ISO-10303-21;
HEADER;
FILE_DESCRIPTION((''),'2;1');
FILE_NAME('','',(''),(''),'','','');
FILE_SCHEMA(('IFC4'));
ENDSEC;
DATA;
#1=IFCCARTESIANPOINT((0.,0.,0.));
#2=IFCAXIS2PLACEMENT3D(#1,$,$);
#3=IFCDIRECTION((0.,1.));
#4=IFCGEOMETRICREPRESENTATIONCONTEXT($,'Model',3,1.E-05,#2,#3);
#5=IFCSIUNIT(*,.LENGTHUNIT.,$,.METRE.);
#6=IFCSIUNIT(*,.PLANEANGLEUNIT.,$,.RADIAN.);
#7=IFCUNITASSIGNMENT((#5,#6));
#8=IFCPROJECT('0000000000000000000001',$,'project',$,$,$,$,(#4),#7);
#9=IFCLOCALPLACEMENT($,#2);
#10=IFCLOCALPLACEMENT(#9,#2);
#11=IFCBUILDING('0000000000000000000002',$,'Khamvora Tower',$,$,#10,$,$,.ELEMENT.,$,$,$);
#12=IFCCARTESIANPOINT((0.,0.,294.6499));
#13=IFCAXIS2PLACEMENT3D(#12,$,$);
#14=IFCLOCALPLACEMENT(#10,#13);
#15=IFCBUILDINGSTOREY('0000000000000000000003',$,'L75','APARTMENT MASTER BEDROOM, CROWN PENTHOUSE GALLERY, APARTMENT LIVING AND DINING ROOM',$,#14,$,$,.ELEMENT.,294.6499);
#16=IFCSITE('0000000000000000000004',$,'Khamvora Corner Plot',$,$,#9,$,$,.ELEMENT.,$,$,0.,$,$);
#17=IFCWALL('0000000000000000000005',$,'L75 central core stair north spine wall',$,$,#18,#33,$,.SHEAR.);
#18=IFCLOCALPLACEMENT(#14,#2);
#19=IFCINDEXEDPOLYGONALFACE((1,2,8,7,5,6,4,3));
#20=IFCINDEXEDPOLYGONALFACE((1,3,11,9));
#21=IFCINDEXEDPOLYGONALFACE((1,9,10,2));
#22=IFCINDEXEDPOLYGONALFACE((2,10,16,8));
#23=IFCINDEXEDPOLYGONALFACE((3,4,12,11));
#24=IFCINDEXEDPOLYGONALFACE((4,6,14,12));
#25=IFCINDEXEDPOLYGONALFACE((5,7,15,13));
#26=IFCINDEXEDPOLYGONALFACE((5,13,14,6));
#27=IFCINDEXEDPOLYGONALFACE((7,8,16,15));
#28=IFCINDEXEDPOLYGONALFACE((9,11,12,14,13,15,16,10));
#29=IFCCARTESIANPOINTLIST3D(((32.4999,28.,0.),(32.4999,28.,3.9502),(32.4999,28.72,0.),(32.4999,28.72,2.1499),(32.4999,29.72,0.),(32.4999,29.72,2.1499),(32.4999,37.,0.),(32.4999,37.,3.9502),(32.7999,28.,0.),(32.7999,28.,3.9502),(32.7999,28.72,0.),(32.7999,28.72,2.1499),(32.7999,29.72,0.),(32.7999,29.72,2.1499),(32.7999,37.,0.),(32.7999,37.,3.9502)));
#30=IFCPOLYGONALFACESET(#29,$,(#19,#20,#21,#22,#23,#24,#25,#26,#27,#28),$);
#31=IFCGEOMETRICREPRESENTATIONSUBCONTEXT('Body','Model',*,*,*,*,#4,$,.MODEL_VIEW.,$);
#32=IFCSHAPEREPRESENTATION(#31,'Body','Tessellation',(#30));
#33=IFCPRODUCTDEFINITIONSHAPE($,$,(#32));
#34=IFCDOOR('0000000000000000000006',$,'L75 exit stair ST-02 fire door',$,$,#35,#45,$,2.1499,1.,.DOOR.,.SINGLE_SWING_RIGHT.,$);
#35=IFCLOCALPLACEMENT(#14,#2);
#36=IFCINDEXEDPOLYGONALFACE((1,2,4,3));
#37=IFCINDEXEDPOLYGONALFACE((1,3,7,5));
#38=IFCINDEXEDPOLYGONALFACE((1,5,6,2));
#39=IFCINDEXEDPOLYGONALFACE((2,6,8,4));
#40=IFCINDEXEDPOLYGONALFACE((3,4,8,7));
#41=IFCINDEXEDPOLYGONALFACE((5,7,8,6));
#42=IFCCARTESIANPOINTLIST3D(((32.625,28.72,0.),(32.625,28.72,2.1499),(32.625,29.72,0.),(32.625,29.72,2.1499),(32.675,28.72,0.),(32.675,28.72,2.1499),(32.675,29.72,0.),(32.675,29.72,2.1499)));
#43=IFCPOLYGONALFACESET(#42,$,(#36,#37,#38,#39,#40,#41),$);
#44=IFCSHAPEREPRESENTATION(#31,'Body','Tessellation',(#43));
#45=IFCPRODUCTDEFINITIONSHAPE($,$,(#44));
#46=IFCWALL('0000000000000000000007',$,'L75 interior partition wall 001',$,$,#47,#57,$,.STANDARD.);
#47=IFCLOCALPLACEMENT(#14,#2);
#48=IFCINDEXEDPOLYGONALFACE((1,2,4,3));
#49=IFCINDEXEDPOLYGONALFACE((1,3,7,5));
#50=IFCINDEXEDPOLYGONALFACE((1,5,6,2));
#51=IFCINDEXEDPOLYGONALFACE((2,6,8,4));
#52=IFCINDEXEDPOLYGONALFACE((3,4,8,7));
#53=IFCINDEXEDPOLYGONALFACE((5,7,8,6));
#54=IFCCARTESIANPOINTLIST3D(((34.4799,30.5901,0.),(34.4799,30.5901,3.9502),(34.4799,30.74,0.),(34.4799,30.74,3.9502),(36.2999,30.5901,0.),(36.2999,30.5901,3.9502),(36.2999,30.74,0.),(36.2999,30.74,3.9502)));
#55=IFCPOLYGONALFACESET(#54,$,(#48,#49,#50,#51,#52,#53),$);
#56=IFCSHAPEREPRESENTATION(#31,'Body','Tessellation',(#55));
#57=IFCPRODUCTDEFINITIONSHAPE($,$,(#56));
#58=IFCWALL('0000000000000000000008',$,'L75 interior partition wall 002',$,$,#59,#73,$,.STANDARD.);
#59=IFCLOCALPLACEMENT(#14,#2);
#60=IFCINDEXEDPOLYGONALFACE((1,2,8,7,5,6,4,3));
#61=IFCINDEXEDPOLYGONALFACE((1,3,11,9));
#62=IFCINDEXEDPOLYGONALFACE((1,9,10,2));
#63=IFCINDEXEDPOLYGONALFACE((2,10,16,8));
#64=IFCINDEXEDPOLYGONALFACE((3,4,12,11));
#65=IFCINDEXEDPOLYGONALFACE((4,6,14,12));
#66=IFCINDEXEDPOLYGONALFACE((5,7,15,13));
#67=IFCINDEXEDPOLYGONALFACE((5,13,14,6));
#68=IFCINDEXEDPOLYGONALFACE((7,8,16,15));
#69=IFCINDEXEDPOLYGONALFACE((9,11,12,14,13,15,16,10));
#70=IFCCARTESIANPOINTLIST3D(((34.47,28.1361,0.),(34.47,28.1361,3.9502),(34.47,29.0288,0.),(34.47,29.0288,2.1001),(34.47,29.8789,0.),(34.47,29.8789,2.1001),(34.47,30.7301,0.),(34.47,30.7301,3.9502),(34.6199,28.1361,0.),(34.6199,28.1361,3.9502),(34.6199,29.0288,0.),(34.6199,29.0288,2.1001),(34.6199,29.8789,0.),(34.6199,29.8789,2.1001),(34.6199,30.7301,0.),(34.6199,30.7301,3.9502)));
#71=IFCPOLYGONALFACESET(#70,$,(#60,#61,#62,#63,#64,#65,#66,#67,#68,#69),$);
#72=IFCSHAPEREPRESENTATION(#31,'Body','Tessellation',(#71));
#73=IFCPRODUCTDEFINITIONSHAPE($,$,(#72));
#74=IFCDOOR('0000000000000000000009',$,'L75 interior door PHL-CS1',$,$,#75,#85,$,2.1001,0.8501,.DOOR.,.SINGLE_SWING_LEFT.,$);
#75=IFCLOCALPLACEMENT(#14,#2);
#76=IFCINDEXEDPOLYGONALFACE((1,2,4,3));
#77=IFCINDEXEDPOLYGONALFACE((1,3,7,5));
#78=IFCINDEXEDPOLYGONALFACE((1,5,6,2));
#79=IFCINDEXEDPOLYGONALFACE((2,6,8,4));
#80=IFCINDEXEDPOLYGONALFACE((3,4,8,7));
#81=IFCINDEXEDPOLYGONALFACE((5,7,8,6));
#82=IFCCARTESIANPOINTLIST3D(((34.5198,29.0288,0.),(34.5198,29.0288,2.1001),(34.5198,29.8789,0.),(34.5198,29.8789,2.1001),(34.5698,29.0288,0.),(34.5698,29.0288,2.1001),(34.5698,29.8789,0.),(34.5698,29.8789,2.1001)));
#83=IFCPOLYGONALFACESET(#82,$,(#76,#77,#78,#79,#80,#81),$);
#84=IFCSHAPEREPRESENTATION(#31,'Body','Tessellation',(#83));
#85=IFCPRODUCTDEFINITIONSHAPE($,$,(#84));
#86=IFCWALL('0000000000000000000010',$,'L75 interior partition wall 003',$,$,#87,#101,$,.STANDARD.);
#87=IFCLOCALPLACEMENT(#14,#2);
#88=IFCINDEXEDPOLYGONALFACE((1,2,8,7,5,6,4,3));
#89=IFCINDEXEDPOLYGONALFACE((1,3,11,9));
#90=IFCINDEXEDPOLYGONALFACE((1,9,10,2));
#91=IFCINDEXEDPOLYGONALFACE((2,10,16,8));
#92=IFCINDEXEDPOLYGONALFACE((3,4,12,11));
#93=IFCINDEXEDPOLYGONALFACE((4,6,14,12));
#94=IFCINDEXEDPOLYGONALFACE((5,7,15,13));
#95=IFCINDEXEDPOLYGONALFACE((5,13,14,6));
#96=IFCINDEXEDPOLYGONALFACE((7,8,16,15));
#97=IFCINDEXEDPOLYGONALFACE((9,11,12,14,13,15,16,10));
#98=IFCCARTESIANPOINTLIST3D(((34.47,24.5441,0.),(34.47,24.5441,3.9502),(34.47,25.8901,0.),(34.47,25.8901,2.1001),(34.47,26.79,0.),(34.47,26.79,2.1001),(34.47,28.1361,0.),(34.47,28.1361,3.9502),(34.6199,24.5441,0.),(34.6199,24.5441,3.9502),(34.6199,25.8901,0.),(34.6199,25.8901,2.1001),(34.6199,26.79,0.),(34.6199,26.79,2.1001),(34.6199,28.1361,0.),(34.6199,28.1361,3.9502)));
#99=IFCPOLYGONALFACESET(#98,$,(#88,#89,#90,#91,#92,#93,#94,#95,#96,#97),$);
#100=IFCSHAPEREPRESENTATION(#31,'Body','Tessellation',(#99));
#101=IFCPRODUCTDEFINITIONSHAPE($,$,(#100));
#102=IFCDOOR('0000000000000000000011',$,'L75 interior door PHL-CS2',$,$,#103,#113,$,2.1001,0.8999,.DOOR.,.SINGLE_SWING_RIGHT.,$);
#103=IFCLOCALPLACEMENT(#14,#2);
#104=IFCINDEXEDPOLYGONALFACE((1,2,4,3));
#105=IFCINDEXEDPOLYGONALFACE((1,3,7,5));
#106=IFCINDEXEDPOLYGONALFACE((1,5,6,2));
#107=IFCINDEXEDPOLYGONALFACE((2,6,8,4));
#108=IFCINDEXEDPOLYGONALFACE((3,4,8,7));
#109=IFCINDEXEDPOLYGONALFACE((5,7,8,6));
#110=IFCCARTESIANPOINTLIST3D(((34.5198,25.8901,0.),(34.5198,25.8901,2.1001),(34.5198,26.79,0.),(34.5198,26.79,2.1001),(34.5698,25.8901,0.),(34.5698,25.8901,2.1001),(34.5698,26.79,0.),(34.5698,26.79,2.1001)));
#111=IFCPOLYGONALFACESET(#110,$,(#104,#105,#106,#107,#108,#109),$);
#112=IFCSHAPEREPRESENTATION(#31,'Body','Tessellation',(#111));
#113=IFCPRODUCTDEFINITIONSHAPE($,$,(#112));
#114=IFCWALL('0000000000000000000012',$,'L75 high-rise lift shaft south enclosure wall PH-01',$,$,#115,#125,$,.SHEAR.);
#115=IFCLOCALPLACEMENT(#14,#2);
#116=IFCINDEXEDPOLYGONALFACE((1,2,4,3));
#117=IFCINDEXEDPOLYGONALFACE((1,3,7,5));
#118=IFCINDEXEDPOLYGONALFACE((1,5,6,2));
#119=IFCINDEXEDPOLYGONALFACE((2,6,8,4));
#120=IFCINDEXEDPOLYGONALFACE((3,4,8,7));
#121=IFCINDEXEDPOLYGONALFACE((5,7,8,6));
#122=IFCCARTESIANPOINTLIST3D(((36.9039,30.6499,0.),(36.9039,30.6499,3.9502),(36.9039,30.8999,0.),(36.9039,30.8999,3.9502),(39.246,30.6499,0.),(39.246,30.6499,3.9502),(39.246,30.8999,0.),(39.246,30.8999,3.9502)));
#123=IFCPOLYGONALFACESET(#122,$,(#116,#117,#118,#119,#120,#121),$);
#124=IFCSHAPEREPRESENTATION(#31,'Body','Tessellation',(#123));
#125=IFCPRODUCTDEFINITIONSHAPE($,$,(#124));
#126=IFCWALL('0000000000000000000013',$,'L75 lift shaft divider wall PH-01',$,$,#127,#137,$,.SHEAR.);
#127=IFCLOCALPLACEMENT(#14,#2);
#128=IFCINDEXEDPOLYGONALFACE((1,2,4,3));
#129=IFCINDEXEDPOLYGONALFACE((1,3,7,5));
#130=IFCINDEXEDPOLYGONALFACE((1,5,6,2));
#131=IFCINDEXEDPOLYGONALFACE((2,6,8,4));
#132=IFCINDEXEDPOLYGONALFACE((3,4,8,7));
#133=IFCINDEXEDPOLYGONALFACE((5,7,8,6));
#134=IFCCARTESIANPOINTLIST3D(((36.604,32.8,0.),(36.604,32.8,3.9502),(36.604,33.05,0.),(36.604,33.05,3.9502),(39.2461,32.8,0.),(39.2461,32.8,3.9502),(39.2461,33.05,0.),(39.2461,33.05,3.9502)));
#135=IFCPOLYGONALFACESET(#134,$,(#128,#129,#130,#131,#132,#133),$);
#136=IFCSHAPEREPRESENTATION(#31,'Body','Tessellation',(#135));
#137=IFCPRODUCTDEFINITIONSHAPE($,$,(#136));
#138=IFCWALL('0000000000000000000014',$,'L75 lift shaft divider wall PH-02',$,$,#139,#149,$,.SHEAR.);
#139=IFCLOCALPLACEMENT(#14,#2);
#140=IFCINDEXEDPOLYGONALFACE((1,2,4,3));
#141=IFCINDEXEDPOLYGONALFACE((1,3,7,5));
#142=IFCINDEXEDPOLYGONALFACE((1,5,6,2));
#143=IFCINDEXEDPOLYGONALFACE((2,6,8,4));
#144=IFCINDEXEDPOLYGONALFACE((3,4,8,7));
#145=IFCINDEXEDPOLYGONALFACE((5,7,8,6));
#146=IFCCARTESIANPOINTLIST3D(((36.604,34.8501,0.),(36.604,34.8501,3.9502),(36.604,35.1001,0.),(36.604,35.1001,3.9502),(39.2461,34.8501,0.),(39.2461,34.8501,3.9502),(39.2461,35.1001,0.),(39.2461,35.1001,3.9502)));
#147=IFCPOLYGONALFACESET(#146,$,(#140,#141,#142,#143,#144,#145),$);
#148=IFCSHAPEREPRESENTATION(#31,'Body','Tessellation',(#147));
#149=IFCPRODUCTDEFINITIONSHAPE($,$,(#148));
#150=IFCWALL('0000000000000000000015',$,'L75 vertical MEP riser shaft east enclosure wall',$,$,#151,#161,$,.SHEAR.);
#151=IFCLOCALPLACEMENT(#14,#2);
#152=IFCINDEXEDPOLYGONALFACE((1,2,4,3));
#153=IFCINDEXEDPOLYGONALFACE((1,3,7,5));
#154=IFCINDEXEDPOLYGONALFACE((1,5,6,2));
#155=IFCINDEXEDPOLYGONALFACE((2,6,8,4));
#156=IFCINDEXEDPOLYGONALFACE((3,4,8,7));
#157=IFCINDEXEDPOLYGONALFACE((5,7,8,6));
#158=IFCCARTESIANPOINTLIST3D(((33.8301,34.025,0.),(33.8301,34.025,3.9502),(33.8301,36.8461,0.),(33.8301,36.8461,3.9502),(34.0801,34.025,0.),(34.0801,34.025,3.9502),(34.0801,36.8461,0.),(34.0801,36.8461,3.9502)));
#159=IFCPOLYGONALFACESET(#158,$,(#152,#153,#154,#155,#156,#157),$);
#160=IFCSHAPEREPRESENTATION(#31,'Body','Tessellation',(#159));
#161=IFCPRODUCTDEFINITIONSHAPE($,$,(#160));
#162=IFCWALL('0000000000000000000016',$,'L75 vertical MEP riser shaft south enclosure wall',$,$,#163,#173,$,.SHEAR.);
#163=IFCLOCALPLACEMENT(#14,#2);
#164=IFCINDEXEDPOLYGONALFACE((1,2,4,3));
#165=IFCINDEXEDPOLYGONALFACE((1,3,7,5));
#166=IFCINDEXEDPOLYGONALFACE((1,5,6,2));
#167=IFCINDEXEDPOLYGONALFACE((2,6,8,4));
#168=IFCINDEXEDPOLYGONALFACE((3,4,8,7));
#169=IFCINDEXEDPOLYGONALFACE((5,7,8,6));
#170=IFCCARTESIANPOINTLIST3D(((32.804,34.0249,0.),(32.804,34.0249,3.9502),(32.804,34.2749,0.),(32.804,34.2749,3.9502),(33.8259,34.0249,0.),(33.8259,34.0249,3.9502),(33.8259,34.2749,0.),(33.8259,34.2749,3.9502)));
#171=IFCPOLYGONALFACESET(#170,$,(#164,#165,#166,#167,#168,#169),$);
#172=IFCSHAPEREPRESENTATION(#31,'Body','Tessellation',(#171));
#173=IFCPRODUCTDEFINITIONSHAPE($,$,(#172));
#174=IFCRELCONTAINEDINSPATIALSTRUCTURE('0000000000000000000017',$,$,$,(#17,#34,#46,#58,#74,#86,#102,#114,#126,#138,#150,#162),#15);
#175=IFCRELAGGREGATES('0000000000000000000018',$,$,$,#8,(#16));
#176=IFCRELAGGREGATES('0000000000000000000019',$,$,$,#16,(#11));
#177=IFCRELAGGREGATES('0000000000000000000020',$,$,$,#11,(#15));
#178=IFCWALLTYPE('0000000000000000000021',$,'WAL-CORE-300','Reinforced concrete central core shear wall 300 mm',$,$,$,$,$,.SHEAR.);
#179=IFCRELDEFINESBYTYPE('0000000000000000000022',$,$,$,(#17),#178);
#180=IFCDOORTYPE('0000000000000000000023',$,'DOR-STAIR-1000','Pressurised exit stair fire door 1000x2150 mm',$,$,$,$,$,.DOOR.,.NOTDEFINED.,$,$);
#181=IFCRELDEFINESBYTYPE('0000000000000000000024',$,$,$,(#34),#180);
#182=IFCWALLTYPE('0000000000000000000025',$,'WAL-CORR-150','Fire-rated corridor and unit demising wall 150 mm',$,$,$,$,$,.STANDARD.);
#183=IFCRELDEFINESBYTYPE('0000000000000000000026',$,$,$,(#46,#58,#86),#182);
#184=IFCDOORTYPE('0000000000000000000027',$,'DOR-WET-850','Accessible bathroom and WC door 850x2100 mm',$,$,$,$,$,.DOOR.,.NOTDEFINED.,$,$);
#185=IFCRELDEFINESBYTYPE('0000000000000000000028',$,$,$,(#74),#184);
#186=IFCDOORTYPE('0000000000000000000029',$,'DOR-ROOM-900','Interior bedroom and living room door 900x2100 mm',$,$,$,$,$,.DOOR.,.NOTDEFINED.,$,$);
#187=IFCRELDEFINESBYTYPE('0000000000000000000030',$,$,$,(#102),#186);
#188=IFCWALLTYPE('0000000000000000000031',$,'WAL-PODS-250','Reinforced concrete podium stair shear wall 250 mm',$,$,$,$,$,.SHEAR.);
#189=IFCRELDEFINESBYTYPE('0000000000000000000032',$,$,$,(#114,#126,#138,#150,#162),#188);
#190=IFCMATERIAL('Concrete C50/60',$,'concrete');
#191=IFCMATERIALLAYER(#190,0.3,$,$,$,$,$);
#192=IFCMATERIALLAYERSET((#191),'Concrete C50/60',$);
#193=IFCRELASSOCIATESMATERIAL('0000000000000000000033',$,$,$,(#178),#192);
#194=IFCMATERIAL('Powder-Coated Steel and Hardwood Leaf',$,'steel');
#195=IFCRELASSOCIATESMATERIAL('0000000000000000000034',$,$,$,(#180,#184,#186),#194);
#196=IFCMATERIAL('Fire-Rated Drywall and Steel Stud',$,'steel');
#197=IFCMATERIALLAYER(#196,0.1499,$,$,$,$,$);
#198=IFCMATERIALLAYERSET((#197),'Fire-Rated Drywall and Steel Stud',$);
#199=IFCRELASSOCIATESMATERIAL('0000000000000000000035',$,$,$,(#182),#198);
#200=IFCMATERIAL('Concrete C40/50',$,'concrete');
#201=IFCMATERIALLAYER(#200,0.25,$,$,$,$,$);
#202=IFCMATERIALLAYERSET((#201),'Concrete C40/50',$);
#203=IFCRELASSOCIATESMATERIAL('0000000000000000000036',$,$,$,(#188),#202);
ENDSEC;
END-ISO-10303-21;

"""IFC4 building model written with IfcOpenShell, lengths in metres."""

from ifc_helpers import new_model, si_unit, direction, frame, frame_2d, origin, place, context, subcontext, project, spatial, rectangle, extrude, material, layer, layer_set, type_object, element, fill, save


model = new_model("IFC4")

# Units and contexts
model_context = context("Model", 3, precision=1e-05, world=origin(), true_north=direction((0.0, 1.0)))
body_context = subcontext(model_context, "Body", "Model", "MODEL_VIEW")
ifc_project = project(units=[si_unit("LENGTHUNIT", "METRE"), si_unit("PLANEANGLEUNIT", "RADIAN")], contexts=[model_context])

# Site, building, storey
site_placement = place(None, origin())
site = spatial("IfcSite", under=ifc_project, at=site_placement, Name="Khamvora Corner Plot", CompositionType="ELEMENT", RefElevation=0.0)
building_placement = place(site_placement, origin())
building = spatial("IfcBuilding", under=site, at=building_placement, Name="Khamvora Tower", CompositionType="ELEMENT")
storey_placement = place(building_placement, frame((0.0, 0.0, 294.6499)))
storey = spatial("IfcBuildingStorey", under=building, at=storey_placement, Name="L75", Description="APARTMENT MASTER BEDROOM, CROWN PENTHOUSE GALLERY, APARTMENT LIVING AND DINING ROOM", CompositionType="ELEMENT", Elevation=294.6499)

# Wall, opening, door
ifc_material_1 = material(Name="Concrete C50/60", Category="concrete")
ifc_layer_1 = layer(ifc_material_1, 0.3)
ifc_layer_set_1 = layer_set([ifc_layer_1], Name="Concrete C50/60")
wall_type_1 = type_object("IfcWallType", Name="WAL-CORE-300", Description="Reinforced concrete central core shear wall 300 mm", PredefinedType="SHEAR", material=ifc_layer_set_1)
wall_1_placement = place(storey_placement, frame((32.6499, 28.0, 0.0), z_axis=(0.0, 0.0, 1.0), x_axis=(0.0, 1.0, 0.0)))
wall_1 = element("IfcWall", 1, at=wall_1_placement, inside=storey, type_object=wall_type_1, Name="L75 central core stair north spine wall", PredefinedType="SHEAR", context=body_context, shape_type="SweptSolid", body=[
    extrude(rectangle(XDim=9.0, YDim=0.3, at=frame_2d((4.5, 0.0))), origin(), (0.0, 0.0, 1.0), 3.9502),
])
opening_1_placement = place(wall_1_placement, frame((0.72, 0.0, 0.0)))
opening_1 = element("IfcOpeningElement", 2, at=opening_1_placement, cuts=wall_1, PredefinedType="OPENING", context=body_context, shape_type="SweptSolid", body=[
    extrude(rectangle(XDim=1.0, YDim=2.1499, at=frame_2d((0.5, 1.075))), frame((0.0, 0.1599, 0.0), z_axis=(0.0, -1.0, 0.0), x_axis=(1.0, 0.0, 0.0)), (0.0, 0.0, 1.0), 0.3201),
])
ifc_material_2 = material(Name="Powder-Coated Steel and Hardwood Leaf", Category="steel")
door_type_1 = type_object("IfcDoorType", Name="DOR-STAIR-1000", Description="Pressurised exit stair fire door 1000x2150 mm", OperationType="NOTDEFINED", PredefinedType="DOOR", material=ifc_material_2)
door_1_placement = place(opening_1_placement, origin())
door_1 = element("IfcDoor", 3, at=door_1_placement, inside=storey, type_object=door_type_1, Name="L75 exit stair ST-02 fire door", OperationType="SINGLE_SWING_RIGHT", OverallHeight=2.1499, OverallWidth=1.0, PredefinedType="DOOR", context=body_context, shape_type="SweptSolid", body=[
    extrude(rectangle(XDim=1.0, YDim=2.1499, at=frame_2d((0.5, 1.075))), frame((0.0, 0.0249, 0.0), z_axis=(0.0, -1.0, 0.0), x_axis=(1.0, 0.0, 0.0)), (0.0, 0.0, 1.0), 0.05),
])
fill(opening_1, door_1)

# Wall
ifc_material_3 = material(Name="Fire-Rated Drywall and Steel Stud", Category="steel")
ifc_layer_2 = layer(ifc_material_3, 0.1499)
ifc_layer_set_2 = layer_set([ifc_layer_2], Name="Fire-Rated Drywall and Steel Stud")
wall_type_2 = type_object("IfcWallType", Name="WAL-CORR-150", Description="Fire-rated corridor and unit demising wall 150 mm", PredefinedType="STANDARD", material=ifc_layer_set_2)
wall_2_placement = place(storey_placement, frame((36.3, 30.665, 0.0), z_axis=(0.0, 0.0, 1.0), x_axis=(-1.0, 0.0, 0.0)))
element("IfcWall", 4, at=wall_2_placement, inside=storey, type_object=wall_type_2, Name="L75 interior partition wall 001", PredefinedType="STANDARD", context=body_context, shape_type="SweptSolid", body=[
    extrude(rectangle(XDim=1.8201, YDim=0.1499, at=frame_2d((0.9102, 0.0))), origin(), (0.0, 0.0, 1.0), 3.9502),
])

# Walls, openings, doors
wall_3_placement = place(storey_placement, frame((34.5449, 30.73, 0.0), z_axis=(0.0, 0.0, 1.0), x_axis=(0.0, -1.0, 0.0)))
wall_3 = element("IfcWall", 5, at=wall_3_placement, inside=storey, type_object=wall_type_2, Name="L75 interior partition wall 002", PredefinedType="STANDARD", context=body_context, shape_type="SweptSolid", body=[
    extrude(rectangle(XDim=2.594, YDim=0.1499, at=frame_2d((1.2969, 0.0))), origin(), (0.0, 0.0, 1.0), 3.9502),
])
opening_2_placement = place(wall_3_placement, frame((0.8511, 0.0, 0.0)))
opening_2 = element("IfcOpeningElement", 6, at=opening_2_placement, cuts=wall_3, PredefinedType="OPENING", context=body_context, shape_type="SweptSolid", body=[
    extrude(rectangle(XDim=0.8501, YDim=2.1001, at=frame_2d((0.425, 1.05))), frame((0.0, 0.085, 0.0), z_axis=(0.0, -1.0, 0.0), x_axis=(1.0, 0.0, 0.0)), (0.0, 0.0, 1.0), 0.1699),
])
door_type_2 = type_object("IfcDoorType", Name="DOR-WET-850", Description="Accessible bathroom and WC door 850x2100 mm", OperationType="NOTDEFINED", PredefinedType="DOOR", material=ifc_material_2)
door_2_placement = place(opening_2_placement, origin())
door_2 = element("IfcDoor", 7, at=door_2_placement, inside=storey, type_object=door_type_2, Name="L75 interior door PHL-CS1", OperationType="SINGLE_SWING_LEFT", OverallHeight=2.1001, OverallWidth=0.8501, PredefinedType="DOOR", context=body_context, shape_type="SweptSolid", body=[
    extrude(rectangle(XDim=0.8501, YDim=2.1001, at=frame_2d((0.425, 1.05))), frame((0.0, 0.0249, 0.0), z_axis=(0.0, -1.0, 0.0), x_axis=(1.0, 0.0, 0.0)), (0.0, 0.0, 1.0), 0.05),
])
fill(opening_2, door_2)
wall_4_placement = place(storey_placement, frame((34.5449, 28.136, 0.0), z_axis=(0.0, 0.0, 1.0), x_axis=(0.0, -1.0, 0.0)))
wall_4 = element("IfcWall", 8, at=wall_4_placement, inside=storey, type_object=wall_type_2, Name="L75 interior partition wall 003", PredefinedType="STANDARD", context=body_context, shape_type="SweptSolid", body=[
    extrude(rectangle(XDim=3.592, YDim=0.1499, at=frame_2d((1.7959, 0.0))), origin(), (0.0, 0.0, 1.0), 3.9502),
])
opening_3_placement = place(wall_4_placement, frame((1.3459, 0.0, 0.0)))
opening_3 = element("IfcOpeningElement", 9, at=opening_3_placement, cuts=wall_4, PredefinedType="OPENING", context=body_context, shape_type="SweptSolid", body=[
    extrude(rectangle(XDim=0.8999, YDim=2.1001, at=frame_2d((0.45, 1.05))), frame((0.0, 0.085, 0.0), z_axis=(0.0, -1.0, 0.0), x_axis=(1.0, 0.0, 0.0)), (0.0, 0.0, 1.0), 0.1699),
])
door_type_3 = type_object("IfcDoorType", Name="DOR-ROOM-900", Description="Interior bedroom and living room door 900x2100 mm", OperationType="NOTDEFINED", PredefinedType="DOOR", material=ifc_material_2)
door_3_placement = place(opening_3_placement, origin())
door_3 = element("IfcDoor", 10, at=door_3_placement, inside=storey, type_object=door_type_3, Name="L75 interior door PHL-CS2", OperationType="SINGLE_SWING_RIGHT", OverallHeight=2.1001, OverallWidth=0.8999, PredefinedType="DOOR", context=body_context, shape_type="SweptSolid", body=[
    extrude(rectangle(XDim=0.8999, YDim=2.1001, at=frame_2d((0.45, 1.05))), frame((0.0, 0.0249, 0.0), z_axis=(0.0, -1.0, 0.0), x_axis=(1.0, 0.0, 0.0)), (0.0, 0.0, 1.0), 0.05),
])
fill(opening_3, door_3)

# Walls
ifc_material_4 = material(Name="Concrete C40/50", Category="concrete")
ifc_layer_3 = layer(ifc_material_4, 0.25)
ifc_layer_set_3 = layer_set([ifc_layer_3], Name="Concrete C40/50")
wall_type_3 = type_object("IfcWallType", Name="WAL-PODS-250", Description="Reinforced concrete podium stair shear wall 250 mm", PredefinedType="SHEAR", material=ifc_layer_set_3)
wall_5_placement = place(storey_placement, frame((36.9041, 30.7749, 0.0), z_axis=(0.0, 0.0, 1.0), x_axis=(1.0, 0.0, 0.0)))
element("IfcWall", 11, at=wall_5_placement, inside=storey, type_object=wall_type_3, Name="L75 high-rise lift shaft south enclosure wall PH-01", PredefinedType="SHEAR", context=body_context, shape_type="SweptSolid", body=[
    extrude(rectangle(XDim=2.342, YDim=0.25, at=frame_2d((1.1709, 0.0))), origin(), (0.0, 0.0, 1.0), 3.9502),
])
for number, where, z_axis, x_axis, name in (
    (12, (36.604, 32.925, 0.0), (0.0, 0.0, 1.0), (1.0, 0.0, 0.0), "L75 lift shaft divider wall PH-01"),
    (13, (36.604, 34.9751, 0.0), (0.0, 0.0, 1.0), (1.0, 0.0, 0.0), "L75 lift shaft divider wall PH-02"),
):
    element("IfcWall", number, at=place(storey_placement, frame(where, z_axis=z_axis, x_axis=x_axis)), inside=storey, type_object=wall_type_3, Name=name, PredefinedType="SHEAR", context=body_context, shape_type="SweptSolid", body=[
        extrude(rectangle(XDim=2.6421, YDim=0.25, at=frame_2d((1.321, 0.0))), origin(), (0.0, 0.0, 1.0), 3.9502),
    ])
wall_6_placement = place(storey_placement, frame((33.9551, 34.0249, 0.0), z_axis=(0.0, 0.0, 1.0), x_axis=(0.0, 1.0, 0.0)))
element("IfcWall", 14, at=wall_6_placement, inside=storey, type_object=wall_type_3, Name="L75 vertical MEP riser shaft east enclosure wall", PredefinedType="SHEAR", context=body_context, shape_type="SweptSolid", body=[
    extrude(rectangle(XDim=2.821, YDim=0.25, at=frame_2d((1.4106, 0.0))), origin(), (0.0, 0.0, 1.0), 3.9502),
])
wall_7_placement = place(storey_placement, frame((32.804, 34.1499, 0.0), z_axis=(0.0, 0.0, 1.0), x_axis=(1.0, 0.0, 0.0)))
element("IfcWall", 15, at=wall_7_placement, inside=storey, type_object=wall_type_3, Name="L75 vertical MEP riser shaft south enclosure wall", PredefinedType="SHEAR", context=body_context, shape_type="SweptSolid", body=[
    extrude(rectangle(XDim=1.022, YDim=0.25, at=frame_2d((0.511, 0.0))), origin(), (0.0, 0.0, 1.0), 3.9502),
])

save(model, "model.ifc")
